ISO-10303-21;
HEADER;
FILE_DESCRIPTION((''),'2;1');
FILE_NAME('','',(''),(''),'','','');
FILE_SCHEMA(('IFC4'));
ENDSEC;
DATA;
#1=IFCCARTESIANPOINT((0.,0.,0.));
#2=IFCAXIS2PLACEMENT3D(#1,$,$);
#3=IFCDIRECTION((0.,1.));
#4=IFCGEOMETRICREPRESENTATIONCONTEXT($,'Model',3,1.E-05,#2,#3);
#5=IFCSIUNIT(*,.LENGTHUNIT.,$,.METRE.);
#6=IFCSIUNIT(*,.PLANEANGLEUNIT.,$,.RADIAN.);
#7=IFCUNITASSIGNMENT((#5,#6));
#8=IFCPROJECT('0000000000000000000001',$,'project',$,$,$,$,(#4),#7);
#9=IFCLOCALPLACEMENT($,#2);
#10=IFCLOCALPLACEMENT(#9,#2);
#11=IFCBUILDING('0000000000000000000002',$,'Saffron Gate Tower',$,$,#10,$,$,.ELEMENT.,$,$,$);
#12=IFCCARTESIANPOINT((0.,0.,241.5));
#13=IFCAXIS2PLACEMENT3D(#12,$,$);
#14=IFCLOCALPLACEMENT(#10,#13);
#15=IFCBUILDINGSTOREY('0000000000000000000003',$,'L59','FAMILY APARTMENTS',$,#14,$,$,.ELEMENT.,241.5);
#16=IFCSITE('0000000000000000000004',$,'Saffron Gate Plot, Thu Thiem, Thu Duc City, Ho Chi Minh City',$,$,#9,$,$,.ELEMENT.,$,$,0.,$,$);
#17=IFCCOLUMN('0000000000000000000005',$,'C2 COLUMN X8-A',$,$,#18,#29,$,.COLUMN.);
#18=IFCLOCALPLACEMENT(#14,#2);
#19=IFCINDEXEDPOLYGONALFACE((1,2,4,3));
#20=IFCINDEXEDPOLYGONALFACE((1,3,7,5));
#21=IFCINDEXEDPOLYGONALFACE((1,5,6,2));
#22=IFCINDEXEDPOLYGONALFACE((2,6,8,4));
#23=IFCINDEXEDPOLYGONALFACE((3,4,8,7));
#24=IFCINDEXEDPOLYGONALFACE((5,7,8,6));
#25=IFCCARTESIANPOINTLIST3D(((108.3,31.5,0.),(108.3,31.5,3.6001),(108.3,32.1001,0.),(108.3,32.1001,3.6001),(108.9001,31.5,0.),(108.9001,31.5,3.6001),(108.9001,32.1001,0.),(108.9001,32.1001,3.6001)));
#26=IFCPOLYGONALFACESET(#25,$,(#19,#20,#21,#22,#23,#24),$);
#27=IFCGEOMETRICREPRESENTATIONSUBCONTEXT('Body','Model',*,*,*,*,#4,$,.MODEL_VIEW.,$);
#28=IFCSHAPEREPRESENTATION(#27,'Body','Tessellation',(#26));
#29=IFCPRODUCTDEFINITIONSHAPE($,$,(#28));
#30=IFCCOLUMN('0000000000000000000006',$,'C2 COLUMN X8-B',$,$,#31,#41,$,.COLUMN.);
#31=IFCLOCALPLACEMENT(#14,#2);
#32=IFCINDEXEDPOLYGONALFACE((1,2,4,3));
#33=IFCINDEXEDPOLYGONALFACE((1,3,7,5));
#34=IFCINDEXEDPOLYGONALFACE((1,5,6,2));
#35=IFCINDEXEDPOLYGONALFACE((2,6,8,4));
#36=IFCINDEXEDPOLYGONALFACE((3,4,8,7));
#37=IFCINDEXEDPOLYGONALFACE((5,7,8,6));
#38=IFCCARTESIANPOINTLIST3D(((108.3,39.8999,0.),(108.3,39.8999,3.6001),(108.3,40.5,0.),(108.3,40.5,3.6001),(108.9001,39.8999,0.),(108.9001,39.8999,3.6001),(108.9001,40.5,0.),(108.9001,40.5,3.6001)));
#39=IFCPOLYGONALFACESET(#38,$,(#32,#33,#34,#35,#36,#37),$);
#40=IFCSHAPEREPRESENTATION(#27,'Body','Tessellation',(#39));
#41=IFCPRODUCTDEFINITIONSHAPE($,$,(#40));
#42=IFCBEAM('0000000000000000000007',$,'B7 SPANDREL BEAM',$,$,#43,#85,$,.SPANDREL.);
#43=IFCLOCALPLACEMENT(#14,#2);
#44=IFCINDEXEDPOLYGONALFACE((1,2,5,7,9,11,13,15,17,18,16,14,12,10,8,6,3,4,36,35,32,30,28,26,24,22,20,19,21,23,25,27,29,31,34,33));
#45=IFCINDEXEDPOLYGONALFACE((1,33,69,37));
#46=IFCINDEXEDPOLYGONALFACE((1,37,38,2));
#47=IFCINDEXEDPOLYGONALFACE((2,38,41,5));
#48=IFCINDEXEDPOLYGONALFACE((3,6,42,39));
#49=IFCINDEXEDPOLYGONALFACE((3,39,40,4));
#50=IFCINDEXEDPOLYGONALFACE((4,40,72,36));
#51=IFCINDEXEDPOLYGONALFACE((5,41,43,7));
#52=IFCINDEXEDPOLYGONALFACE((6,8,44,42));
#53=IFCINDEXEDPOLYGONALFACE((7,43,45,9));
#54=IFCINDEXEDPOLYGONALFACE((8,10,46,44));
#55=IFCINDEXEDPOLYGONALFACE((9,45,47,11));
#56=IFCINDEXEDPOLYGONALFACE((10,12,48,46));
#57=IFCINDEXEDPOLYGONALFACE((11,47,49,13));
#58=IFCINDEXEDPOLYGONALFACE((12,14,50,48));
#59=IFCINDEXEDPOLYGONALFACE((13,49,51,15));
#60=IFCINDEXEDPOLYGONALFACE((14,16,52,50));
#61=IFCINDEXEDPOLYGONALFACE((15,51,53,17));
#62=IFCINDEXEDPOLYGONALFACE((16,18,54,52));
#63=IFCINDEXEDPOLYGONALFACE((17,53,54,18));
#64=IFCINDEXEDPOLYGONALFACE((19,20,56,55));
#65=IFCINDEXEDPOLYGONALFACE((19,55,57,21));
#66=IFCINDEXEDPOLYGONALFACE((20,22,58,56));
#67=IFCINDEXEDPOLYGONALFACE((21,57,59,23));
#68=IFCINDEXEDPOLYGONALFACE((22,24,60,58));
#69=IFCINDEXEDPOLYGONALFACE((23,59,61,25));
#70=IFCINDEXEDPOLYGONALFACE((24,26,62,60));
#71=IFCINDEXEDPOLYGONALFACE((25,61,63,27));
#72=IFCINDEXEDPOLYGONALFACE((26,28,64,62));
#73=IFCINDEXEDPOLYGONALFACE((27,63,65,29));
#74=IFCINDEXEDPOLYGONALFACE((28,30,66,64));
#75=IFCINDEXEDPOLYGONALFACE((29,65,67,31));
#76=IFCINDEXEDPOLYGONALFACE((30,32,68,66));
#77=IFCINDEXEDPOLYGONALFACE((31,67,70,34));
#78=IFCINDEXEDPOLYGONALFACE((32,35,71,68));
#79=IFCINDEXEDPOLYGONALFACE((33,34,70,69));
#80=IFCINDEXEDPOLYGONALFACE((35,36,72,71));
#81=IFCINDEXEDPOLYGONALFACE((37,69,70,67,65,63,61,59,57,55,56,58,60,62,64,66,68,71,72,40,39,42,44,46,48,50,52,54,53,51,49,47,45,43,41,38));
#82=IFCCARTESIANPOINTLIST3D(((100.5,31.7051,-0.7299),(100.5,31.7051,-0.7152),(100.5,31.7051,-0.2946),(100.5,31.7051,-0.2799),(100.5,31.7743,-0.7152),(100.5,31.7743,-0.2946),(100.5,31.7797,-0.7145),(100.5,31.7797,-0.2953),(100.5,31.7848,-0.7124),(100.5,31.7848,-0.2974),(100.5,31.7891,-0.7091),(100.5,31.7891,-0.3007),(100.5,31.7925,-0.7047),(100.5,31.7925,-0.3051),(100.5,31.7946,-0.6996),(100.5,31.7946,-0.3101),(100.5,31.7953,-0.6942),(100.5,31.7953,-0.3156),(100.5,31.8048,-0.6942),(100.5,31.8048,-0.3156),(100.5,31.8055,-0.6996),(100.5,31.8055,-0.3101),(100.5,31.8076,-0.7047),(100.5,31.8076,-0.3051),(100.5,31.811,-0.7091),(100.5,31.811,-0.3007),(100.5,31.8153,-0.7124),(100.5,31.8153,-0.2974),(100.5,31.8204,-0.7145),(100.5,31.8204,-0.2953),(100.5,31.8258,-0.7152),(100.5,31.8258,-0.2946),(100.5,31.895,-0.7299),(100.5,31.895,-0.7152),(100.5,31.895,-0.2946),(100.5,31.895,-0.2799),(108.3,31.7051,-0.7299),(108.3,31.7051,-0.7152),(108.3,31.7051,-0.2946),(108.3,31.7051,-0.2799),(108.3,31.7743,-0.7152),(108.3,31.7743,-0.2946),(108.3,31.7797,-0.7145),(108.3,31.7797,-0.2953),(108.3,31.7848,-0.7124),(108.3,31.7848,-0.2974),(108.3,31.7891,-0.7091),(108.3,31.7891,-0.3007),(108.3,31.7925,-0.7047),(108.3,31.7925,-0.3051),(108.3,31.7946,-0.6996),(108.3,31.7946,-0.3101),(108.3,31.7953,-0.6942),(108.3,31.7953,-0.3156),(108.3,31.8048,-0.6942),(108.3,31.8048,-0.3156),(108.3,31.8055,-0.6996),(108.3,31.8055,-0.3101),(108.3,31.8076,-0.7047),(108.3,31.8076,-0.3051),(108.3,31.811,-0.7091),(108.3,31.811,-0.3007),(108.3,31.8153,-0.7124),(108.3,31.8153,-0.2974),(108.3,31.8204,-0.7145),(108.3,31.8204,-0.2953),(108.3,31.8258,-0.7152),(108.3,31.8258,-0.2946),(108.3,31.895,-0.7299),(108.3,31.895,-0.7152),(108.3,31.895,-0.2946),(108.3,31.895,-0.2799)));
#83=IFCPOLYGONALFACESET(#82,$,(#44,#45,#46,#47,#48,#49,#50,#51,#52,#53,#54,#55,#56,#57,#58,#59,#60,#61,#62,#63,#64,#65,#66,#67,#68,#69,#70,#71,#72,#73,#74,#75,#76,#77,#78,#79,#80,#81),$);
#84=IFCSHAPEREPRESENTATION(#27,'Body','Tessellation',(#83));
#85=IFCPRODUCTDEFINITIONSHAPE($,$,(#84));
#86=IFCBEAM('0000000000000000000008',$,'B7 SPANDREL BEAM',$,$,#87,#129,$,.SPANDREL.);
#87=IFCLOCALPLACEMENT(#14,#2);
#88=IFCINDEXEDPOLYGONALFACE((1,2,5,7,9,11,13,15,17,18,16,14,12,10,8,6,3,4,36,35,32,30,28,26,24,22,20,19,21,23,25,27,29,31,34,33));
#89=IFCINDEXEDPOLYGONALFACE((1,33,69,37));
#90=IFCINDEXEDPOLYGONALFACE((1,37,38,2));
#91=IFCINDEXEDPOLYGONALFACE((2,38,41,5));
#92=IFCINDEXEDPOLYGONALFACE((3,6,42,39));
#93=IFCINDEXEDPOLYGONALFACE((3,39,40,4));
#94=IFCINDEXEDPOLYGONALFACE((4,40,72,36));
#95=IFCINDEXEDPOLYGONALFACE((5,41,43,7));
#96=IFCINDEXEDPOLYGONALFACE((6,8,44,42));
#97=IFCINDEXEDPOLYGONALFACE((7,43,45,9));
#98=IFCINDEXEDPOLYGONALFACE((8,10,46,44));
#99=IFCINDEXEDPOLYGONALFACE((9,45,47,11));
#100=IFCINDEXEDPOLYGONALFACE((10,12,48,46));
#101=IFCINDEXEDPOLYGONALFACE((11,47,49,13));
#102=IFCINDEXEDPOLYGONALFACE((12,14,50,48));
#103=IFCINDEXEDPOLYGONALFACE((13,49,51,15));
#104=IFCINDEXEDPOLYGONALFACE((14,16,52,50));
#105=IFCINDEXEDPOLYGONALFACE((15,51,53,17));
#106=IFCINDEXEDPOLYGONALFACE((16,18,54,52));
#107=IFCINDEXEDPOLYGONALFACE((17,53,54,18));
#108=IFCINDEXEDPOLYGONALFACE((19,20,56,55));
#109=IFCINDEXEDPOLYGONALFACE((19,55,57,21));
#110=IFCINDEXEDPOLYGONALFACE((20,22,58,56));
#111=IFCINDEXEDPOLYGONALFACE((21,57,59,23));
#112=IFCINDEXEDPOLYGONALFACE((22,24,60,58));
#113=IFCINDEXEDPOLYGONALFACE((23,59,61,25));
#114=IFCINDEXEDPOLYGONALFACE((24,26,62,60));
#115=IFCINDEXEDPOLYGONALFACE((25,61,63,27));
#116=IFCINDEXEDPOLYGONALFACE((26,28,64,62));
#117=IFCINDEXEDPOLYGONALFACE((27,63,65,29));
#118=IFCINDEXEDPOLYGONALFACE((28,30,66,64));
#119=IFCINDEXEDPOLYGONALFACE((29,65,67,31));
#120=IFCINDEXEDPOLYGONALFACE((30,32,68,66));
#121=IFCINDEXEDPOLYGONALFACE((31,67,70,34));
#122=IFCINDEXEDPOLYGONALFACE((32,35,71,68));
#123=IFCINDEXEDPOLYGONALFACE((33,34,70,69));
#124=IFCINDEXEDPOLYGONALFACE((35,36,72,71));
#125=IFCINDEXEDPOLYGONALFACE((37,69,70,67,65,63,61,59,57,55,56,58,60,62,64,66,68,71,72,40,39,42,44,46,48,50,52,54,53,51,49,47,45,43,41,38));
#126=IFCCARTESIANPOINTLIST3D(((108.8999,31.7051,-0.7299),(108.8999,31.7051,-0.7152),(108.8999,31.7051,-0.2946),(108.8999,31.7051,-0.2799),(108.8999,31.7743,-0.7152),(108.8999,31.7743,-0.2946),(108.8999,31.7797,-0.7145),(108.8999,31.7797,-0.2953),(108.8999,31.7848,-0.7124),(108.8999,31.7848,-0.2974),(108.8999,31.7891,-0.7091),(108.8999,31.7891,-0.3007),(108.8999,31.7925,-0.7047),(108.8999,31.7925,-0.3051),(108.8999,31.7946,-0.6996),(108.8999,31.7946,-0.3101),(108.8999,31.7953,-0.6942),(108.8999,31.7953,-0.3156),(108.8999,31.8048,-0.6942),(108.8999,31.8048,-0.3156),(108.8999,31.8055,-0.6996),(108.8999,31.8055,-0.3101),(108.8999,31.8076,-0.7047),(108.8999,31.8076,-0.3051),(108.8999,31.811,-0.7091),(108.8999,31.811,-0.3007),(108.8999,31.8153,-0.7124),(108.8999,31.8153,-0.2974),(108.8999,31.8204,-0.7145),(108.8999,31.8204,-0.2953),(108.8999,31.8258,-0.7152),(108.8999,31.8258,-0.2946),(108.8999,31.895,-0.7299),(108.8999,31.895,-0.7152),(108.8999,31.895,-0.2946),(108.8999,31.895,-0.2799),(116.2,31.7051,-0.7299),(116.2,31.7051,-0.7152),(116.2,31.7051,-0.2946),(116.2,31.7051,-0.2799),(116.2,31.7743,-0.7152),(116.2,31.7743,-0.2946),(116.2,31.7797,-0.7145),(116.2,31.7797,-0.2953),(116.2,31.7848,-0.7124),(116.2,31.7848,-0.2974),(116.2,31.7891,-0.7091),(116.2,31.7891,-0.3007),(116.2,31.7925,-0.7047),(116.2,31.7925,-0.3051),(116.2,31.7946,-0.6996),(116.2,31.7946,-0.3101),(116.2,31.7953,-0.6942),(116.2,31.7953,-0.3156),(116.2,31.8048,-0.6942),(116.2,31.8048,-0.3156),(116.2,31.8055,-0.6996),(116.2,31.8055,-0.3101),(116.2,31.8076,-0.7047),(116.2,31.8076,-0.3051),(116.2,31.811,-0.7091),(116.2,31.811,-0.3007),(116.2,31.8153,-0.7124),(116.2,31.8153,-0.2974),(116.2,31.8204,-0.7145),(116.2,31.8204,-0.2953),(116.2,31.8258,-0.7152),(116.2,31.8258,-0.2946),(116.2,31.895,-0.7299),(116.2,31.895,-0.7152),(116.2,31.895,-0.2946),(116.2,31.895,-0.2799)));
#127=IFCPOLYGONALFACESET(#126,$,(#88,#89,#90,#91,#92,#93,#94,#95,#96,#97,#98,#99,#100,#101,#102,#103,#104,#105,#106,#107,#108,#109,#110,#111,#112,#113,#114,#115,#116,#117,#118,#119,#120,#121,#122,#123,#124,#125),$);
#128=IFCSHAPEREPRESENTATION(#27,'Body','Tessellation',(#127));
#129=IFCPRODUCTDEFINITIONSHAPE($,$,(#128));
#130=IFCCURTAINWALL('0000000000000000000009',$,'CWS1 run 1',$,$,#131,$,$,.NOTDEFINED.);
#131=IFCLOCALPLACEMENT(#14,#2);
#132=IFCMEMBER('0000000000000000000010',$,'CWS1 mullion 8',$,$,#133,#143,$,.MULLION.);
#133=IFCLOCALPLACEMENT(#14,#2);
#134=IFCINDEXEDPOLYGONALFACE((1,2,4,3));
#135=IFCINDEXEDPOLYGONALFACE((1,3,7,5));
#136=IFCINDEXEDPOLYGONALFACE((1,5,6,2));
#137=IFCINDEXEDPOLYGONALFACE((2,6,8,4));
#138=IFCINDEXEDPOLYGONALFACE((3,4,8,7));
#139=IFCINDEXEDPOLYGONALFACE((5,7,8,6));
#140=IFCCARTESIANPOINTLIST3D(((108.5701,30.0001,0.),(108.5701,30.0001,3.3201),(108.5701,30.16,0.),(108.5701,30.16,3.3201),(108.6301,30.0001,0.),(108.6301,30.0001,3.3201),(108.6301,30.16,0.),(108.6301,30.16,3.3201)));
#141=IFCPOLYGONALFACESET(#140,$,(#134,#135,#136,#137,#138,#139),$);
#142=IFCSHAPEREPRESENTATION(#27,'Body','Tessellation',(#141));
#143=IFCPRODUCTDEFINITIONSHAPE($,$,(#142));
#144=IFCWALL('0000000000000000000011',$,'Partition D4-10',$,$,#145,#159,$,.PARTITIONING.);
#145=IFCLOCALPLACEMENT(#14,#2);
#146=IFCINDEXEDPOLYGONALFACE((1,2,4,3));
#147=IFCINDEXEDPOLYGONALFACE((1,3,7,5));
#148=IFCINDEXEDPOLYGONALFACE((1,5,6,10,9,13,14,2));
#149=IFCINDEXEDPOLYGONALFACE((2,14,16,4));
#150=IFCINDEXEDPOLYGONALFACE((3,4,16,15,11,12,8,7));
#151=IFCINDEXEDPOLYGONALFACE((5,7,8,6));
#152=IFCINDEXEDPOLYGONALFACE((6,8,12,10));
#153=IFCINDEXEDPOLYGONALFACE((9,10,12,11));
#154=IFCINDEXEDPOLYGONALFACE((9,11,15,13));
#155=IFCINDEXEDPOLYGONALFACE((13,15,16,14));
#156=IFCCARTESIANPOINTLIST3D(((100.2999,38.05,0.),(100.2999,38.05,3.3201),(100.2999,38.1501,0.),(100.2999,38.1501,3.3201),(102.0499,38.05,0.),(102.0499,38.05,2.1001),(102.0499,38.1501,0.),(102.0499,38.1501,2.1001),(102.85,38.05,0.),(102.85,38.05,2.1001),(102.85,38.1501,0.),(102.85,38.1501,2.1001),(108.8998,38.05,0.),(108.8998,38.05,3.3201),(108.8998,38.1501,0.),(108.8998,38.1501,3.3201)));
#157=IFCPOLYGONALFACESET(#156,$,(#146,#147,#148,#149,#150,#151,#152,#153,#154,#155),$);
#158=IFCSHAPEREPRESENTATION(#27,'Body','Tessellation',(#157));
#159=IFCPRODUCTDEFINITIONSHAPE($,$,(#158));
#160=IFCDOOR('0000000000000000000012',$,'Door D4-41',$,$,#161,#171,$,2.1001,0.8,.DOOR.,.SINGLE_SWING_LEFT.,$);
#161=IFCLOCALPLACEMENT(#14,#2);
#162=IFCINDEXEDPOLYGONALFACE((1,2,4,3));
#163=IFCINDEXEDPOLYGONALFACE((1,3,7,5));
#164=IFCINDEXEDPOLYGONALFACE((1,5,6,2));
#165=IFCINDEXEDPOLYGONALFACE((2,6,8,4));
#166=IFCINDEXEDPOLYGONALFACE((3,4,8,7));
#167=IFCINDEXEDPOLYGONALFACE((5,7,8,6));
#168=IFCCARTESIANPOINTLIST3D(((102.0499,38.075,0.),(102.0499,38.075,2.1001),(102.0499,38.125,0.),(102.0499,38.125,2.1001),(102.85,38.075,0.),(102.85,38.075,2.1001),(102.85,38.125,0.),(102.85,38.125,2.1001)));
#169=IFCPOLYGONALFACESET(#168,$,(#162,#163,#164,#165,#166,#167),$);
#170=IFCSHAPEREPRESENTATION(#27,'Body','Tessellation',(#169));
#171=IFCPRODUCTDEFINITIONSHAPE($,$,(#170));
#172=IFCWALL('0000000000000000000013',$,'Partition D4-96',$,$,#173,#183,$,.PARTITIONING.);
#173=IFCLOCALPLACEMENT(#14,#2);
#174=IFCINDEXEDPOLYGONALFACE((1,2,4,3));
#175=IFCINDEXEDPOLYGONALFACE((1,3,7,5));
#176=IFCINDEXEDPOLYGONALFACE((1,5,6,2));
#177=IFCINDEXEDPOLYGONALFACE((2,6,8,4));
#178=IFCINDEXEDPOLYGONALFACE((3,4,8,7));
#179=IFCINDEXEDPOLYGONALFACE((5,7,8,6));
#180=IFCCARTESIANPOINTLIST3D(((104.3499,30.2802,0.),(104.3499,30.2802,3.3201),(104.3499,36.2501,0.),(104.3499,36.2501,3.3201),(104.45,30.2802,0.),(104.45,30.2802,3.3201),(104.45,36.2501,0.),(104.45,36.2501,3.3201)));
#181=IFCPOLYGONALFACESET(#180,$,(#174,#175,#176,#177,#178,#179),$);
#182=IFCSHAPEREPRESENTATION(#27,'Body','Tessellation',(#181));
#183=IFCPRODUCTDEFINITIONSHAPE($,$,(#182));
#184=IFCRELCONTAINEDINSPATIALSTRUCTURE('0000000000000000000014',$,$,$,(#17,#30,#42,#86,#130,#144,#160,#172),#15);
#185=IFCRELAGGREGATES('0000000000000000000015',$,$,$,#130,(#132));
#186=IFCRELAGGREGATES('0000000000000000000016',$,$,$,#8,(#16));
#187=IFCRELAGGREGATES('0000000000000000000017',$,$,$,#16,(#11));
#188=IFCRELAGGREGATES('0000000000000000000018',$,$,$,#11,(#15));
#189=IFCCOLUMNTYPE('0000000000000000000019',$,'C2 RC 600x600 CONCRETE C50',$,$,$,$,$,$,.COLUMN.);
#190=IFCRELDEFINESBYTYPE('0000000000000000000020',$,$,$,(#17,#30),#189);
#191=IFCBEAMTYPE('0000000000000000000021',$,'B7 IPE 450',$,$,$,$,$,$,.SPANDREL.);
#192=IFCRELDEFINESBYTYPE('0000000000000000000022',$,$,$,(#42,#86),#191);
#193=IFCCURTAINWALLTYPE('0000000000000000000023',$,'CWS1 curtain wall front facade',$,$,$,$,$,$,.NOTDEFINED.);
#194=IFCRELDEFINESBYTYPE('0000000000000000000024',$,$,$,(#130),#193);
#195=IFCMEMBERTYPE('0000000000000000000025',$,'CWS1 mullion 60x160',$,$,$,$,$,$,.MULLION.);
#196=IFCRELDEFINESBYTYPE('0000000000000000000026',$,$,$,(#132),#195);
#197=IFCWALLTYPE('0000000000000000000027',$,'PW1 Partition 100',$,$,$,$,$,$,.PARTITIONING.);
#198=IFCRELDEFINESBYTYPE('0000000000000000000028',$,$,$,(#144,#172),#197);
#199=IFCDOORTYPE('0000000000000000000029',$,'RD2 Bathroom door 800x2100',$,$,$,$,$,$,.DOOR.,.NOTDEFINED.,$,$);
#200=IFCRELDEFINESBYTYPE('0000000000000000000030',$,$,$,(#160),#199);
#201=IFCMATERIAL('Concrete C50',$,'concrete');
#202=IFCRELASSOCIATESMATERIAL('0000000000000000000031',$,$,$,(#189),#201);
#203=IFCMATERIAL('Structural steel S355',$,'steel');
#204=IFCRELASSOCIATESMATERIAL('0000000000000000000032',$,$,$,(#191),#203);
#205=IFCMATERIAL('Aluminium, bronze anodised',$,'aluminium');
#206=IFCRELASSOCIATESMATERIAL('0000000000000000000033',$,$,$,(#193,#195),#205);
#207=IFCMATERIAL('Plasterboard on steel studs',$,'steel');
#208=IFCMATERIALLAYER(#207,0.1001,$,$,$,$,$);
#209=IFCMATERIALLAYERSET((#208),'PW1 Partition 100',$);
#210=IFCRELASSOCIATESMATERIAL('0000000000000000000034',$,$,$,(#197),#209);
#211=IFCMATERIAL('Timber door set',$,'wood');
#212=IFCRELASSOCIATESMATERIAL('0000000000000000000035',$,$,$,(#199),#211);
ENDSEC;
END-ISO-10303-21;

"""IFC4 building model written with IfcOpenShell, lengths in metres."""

from ifc_helpers import new_model, si_unit, direction, frame, frame_2d, origin, origin_2d, place, context, subcontext, project, spatial, rectangle, i_section, extrude, material, layer, layer_set, material_profile, profile_set, type_object, element, fill, aggregate, save


model = new_model("IFC4")

# Units and contexts
model_context = context("Model", 3, precision=1e-05, world=origin(), true_north=direction((0.0, 1.0)))
body_context = subcontext(model_context, "Body", "Model", "MODEL_VIEW")
ifc_project = project(units=[si_unit("LENGTHUNIT", "METRE"), si_unit("PLANEANGLEUNIT", "RADIAN")], contexts=[model_context])

# Site, building, storey
site_placement = place(None, origin())
site = spatial("IfcSite", under=ifc_project, at=site_placement, Name="Saffron Gate Plot, Thu Thiem, Thu Duc City, Ho Chi Minh City", CompositionType="ELEMENT", RefElevation=0.0)
building_placement = place(site_placement, origin())
building = spatial("IfcBuilding", under=site, at=building_placement, Name="Saffron Gate Tower", CompositionType="ELEMENT")
storey_placement = place(building_placement, frame((0.0, 0.0, 241.5)))
storey = spatial("IfcBuildingStorey", under=building, at=storey_placement, Name="L59", Description="FAMILY APARTMENTS", CompositionType="ELEMENT", Elevation=241.5)

# Columns
ifc_material_1 = material(Name="Concrete C50", Category="concrete")
ifc_material_profile_1 = material_profile(ifc_material_1, rectangle(XDim=0.6001, YDim=0.6001, at=origin_2d()))
ifc_profile_set_1 = profile_set([ifc_material_profile_1], Name="Concrete C50")
column_type = type_object("IfcColumnType", Name="C2 RC 600x600 CONCRETE C50", PredefinedType="COLUMN", material=ifc_profile_set_1)
for number, where, z_axis, x_axis, name in (
    (1, (108.6001, 31.8, 0.0), (0.0, 0.0, 1.0), (1.0, 0.0, 0.0), "C2 COLUMN X8-A"),
    (2, (108.6001, 40.2, 0.0), (0.0, 0.0, 1.0), (1.0, 0.0, 0.0), "C2 COLUMN X8-B"),
):
    element("IfcColumn", number, at=place(storey_placement, frame(where, z_axis=z_axis, x_axis=x_axis)), inside=storey, type_object=column_type, Name=name, PredefinedType="COLUMN", context=body_context, shape_type="SweptSolid", body=[
        extrude(rectangle(XDim=0.6001, YDim=0.6001, at=origin_2d()), origin(), (0.0, 0.0, 1.0), 3.6001),
    ])

# Beams
ifc_material_2 = material(Name="Structural steel S355", Category="steel")
ifc_material_profile_2 = material_profile(ifc_material_2, i_section(OverallWidth=0.1899, OverallDepth=0.45, WebThickness=0.0095, FlangeThickness=0.0146, FilletRadius=0.021, at=origin_2d()))
ifc_profile_set_2 = profile_set([ifc_material_profile_2], Name="Structural steel S355")
beam_type = type_object("IfcBeamType", Name="B7 IPE 450", PredefinedType="SPANDREL", material=ifc_profile_set_2)
beam_1_placement = place(storey_placement, frame((100.5, 31.8, -0.5049), z_axis=(1.0, 0.0, 0.0), x_axis=(0.0, 1.0, 0.0)))
element("IfcBeam", 3, at=beam_1_placement, inside=storey, type_object=beam_type, Name="B7 SPANDREL BEAM", PredefinedType="SPANDREL", context=body_context, shape_type="SweptSolid", body=[
    extrude(i_section(OverallWidth=0.1899, OverallDepth=0.45, WebThickness=0.0095, FlangeThickness=0.0146, FilletRadius=0.021, at=origin_2d()), origin(), (0.0, 0.0, 1.0), 7.8),
])
beam_2_placement = place(storey_placement, frame((108.8999, 31.8, -0.5049), z_axis=(1.0, 0.0, 0.0), x_axis=(0.0, 1.0, 0.0)))
element("IfcBeam", 4, at=beam_2_placement, inside=storey, type_object=beam_type, Name="B7 SPANDREL BEAM", PredefinedType="SPANDREL", context=body_context, shape_type="SweptSolid", body=[
    extrude(i_section(OverallWidth=0.1899, OverallDepth=0.45, WebThickness=0.0095, FlangeThickness=0.0146, FilletRadius=0.021, at=origin_2d()), origin(), (0.0, 0.0, 1.0), 7.3),
])

# Curtain wall, member
ifc_material_3 = material(Name="Aluminium, bronze anodised", Category="aluminium")
curtain_wall_type = type_object("IfcCurtainWallType", Name="CWS1 curtain wall front facade", PredefinedType="NOTDEFINED", material=ifc_material_3)
curtain_wall_placement = place(storey_placement, origin())
curtain_wall = element("IfcCurtainWall", 5, at=curtain_wall_placement, inside=storey, type_object=curtain_wall_type, Name="CWS1 run 1", PredefinedType="NOTDEFINED")
ifc_material_profile_3 = material_profile(ifc_material_3, rectangle(XDim=0.1599, YDim=0.0601, at=origin_2d()))
ifc_profile_set_3 = profile_set([ifc_material_profile_3], Name="Aluminium, bronze anodised")
member_type = type_object("IfcMemberType", Name="CWS1 mullion 60x160", PredefinedType="MULLION", material=ifc_profile_set_3)
member_placement = place(storey_placement, frame((108.6001, 30.0801, 0.0), z_axis=(0.0, 0.0, 1.0), x_axis=(0.0, 1.0, 0.0)))
member = element("IfcMember", 6, at=member_placement, type_object=member_type, Name="CWS1 mullion 8", PredefinedType="MULLION", context=body_context, shape_type="SweptSolid", body=[
    extrude(rectangle(XDim=0.1599, YDim=0.0601, at=origin_2d()), origin(), (0.0, 0.0, 1.0), 3.3201),
])
aggregate(curtain_wall, [member])

# Wall, opening, door
ifc_material_4 = material(Name="Plasterboard on steel studs", Category="steel")
ifc_layer_1 = layer(ifc_material_4, 0.1001)
ifc_layer_set_1 = layer_set([ifc_layer_1], Name="PW1 Partition 100")
wall_type_1 = type_object("IfcWallType", Name="PW1 Partition 100", PredefinedType="PARTITIONING", material=ifc_layer_set_1)
wall_1_placement = place(storey_placement, frame((100.3, 38.1001, 0.0), z_axis=(0.0, 0.0, 1.0), x_axis=(1.0, 0.0, 0.0)))
wall_1 = element("IfcWall", 7, at=wall_1_placement, inside=storey, type_object=wall_type_1, Name="Partition D4-10", PredefinedType="PARTITIONING", context=body_context, shape_type="SweptSolid", body=[
    extrude(rectangle(XDim=8.5999, YDim=0.1001, at=frame_2d((4.2998, 0.0))), origin(), (0.0, 0.0, 1.0), 3.3201),
])
opening_1_placement = place(wall_1_placement, frame((1.75, 0.0, 0.0)))
opening_1 = element("IfcOpeningElement", 8, at=opening_1_placement, cuts=wall_1, PredefinedType="OPENING", context=body_context, shape_type="SweptSolid", body=[
    extrude(rectangle(XDim=0.8, YDim=2.1001, at=frame_2d((0.3999, 1.05))), frame((0.0, 0.0601, 0.0), z_axis=(0.0, -1.0, 0.0), x_axis=(1.0, 0.0, 0.0)), (0.0, 0.0, 1.0), 0.1201),
])
ifc_material_5 = material(Name="Timber door set", Category="wood")
door_type_1 = type_object("IfcDoorType", Name="RD2 Bathroom door 800x2100", OperationType="NOTDEFINED", PredefinedType="DOOR", material=ifc_material_5)
door_1_placement = place(opening_1_placement, origin())
door_1 = element("IfcDoor", 9, at=door_1_placement, inside=storey, type_object=door_type_1, Name="Door D4-41", OperationType="SINGLE_SWING_LEFT", OverallHeight=2.1001, OverallWidth=0.8, PredefinedType="DOOR", context=body_context, shape_type="SweptSolid", body=[
    extrude(rectangle(XDim=0.8, YDim=2.1001, at=frame_2d((0.3999, 1.05))), frame((0.0, 0.0249, 0.0), z_axis=(0.0, -1.0, 0.0), x_axis=(1.0, 0.0, 0.0)), (0.0, 0.0, 1.0), 0.05),
])
fill(opening_1, door_1)

# Wall
wall_2_placement = place(storey_placement, frame((104.3999, 36.25, 0.0), z_axis=(0.0, 0.0, 1.0), x_axis=(0.0, -1.0, 0.0)))
element("IfcWall", 10, at=wall_2_placement, inside=storey, type_object=wall_type_1, Name="Partition D4-96", PredefinedType="PARTITIONING", context=body_context, shape_type="SweptSolid", body=[
    extrude(rectangle(XDim=5.97, YDim=0.1001, at=frame_2d((2.9849, 0.0))), origin(), (0.0, 0.0, 1.0), 3.3201),
])

save(model, "model.ifc")
